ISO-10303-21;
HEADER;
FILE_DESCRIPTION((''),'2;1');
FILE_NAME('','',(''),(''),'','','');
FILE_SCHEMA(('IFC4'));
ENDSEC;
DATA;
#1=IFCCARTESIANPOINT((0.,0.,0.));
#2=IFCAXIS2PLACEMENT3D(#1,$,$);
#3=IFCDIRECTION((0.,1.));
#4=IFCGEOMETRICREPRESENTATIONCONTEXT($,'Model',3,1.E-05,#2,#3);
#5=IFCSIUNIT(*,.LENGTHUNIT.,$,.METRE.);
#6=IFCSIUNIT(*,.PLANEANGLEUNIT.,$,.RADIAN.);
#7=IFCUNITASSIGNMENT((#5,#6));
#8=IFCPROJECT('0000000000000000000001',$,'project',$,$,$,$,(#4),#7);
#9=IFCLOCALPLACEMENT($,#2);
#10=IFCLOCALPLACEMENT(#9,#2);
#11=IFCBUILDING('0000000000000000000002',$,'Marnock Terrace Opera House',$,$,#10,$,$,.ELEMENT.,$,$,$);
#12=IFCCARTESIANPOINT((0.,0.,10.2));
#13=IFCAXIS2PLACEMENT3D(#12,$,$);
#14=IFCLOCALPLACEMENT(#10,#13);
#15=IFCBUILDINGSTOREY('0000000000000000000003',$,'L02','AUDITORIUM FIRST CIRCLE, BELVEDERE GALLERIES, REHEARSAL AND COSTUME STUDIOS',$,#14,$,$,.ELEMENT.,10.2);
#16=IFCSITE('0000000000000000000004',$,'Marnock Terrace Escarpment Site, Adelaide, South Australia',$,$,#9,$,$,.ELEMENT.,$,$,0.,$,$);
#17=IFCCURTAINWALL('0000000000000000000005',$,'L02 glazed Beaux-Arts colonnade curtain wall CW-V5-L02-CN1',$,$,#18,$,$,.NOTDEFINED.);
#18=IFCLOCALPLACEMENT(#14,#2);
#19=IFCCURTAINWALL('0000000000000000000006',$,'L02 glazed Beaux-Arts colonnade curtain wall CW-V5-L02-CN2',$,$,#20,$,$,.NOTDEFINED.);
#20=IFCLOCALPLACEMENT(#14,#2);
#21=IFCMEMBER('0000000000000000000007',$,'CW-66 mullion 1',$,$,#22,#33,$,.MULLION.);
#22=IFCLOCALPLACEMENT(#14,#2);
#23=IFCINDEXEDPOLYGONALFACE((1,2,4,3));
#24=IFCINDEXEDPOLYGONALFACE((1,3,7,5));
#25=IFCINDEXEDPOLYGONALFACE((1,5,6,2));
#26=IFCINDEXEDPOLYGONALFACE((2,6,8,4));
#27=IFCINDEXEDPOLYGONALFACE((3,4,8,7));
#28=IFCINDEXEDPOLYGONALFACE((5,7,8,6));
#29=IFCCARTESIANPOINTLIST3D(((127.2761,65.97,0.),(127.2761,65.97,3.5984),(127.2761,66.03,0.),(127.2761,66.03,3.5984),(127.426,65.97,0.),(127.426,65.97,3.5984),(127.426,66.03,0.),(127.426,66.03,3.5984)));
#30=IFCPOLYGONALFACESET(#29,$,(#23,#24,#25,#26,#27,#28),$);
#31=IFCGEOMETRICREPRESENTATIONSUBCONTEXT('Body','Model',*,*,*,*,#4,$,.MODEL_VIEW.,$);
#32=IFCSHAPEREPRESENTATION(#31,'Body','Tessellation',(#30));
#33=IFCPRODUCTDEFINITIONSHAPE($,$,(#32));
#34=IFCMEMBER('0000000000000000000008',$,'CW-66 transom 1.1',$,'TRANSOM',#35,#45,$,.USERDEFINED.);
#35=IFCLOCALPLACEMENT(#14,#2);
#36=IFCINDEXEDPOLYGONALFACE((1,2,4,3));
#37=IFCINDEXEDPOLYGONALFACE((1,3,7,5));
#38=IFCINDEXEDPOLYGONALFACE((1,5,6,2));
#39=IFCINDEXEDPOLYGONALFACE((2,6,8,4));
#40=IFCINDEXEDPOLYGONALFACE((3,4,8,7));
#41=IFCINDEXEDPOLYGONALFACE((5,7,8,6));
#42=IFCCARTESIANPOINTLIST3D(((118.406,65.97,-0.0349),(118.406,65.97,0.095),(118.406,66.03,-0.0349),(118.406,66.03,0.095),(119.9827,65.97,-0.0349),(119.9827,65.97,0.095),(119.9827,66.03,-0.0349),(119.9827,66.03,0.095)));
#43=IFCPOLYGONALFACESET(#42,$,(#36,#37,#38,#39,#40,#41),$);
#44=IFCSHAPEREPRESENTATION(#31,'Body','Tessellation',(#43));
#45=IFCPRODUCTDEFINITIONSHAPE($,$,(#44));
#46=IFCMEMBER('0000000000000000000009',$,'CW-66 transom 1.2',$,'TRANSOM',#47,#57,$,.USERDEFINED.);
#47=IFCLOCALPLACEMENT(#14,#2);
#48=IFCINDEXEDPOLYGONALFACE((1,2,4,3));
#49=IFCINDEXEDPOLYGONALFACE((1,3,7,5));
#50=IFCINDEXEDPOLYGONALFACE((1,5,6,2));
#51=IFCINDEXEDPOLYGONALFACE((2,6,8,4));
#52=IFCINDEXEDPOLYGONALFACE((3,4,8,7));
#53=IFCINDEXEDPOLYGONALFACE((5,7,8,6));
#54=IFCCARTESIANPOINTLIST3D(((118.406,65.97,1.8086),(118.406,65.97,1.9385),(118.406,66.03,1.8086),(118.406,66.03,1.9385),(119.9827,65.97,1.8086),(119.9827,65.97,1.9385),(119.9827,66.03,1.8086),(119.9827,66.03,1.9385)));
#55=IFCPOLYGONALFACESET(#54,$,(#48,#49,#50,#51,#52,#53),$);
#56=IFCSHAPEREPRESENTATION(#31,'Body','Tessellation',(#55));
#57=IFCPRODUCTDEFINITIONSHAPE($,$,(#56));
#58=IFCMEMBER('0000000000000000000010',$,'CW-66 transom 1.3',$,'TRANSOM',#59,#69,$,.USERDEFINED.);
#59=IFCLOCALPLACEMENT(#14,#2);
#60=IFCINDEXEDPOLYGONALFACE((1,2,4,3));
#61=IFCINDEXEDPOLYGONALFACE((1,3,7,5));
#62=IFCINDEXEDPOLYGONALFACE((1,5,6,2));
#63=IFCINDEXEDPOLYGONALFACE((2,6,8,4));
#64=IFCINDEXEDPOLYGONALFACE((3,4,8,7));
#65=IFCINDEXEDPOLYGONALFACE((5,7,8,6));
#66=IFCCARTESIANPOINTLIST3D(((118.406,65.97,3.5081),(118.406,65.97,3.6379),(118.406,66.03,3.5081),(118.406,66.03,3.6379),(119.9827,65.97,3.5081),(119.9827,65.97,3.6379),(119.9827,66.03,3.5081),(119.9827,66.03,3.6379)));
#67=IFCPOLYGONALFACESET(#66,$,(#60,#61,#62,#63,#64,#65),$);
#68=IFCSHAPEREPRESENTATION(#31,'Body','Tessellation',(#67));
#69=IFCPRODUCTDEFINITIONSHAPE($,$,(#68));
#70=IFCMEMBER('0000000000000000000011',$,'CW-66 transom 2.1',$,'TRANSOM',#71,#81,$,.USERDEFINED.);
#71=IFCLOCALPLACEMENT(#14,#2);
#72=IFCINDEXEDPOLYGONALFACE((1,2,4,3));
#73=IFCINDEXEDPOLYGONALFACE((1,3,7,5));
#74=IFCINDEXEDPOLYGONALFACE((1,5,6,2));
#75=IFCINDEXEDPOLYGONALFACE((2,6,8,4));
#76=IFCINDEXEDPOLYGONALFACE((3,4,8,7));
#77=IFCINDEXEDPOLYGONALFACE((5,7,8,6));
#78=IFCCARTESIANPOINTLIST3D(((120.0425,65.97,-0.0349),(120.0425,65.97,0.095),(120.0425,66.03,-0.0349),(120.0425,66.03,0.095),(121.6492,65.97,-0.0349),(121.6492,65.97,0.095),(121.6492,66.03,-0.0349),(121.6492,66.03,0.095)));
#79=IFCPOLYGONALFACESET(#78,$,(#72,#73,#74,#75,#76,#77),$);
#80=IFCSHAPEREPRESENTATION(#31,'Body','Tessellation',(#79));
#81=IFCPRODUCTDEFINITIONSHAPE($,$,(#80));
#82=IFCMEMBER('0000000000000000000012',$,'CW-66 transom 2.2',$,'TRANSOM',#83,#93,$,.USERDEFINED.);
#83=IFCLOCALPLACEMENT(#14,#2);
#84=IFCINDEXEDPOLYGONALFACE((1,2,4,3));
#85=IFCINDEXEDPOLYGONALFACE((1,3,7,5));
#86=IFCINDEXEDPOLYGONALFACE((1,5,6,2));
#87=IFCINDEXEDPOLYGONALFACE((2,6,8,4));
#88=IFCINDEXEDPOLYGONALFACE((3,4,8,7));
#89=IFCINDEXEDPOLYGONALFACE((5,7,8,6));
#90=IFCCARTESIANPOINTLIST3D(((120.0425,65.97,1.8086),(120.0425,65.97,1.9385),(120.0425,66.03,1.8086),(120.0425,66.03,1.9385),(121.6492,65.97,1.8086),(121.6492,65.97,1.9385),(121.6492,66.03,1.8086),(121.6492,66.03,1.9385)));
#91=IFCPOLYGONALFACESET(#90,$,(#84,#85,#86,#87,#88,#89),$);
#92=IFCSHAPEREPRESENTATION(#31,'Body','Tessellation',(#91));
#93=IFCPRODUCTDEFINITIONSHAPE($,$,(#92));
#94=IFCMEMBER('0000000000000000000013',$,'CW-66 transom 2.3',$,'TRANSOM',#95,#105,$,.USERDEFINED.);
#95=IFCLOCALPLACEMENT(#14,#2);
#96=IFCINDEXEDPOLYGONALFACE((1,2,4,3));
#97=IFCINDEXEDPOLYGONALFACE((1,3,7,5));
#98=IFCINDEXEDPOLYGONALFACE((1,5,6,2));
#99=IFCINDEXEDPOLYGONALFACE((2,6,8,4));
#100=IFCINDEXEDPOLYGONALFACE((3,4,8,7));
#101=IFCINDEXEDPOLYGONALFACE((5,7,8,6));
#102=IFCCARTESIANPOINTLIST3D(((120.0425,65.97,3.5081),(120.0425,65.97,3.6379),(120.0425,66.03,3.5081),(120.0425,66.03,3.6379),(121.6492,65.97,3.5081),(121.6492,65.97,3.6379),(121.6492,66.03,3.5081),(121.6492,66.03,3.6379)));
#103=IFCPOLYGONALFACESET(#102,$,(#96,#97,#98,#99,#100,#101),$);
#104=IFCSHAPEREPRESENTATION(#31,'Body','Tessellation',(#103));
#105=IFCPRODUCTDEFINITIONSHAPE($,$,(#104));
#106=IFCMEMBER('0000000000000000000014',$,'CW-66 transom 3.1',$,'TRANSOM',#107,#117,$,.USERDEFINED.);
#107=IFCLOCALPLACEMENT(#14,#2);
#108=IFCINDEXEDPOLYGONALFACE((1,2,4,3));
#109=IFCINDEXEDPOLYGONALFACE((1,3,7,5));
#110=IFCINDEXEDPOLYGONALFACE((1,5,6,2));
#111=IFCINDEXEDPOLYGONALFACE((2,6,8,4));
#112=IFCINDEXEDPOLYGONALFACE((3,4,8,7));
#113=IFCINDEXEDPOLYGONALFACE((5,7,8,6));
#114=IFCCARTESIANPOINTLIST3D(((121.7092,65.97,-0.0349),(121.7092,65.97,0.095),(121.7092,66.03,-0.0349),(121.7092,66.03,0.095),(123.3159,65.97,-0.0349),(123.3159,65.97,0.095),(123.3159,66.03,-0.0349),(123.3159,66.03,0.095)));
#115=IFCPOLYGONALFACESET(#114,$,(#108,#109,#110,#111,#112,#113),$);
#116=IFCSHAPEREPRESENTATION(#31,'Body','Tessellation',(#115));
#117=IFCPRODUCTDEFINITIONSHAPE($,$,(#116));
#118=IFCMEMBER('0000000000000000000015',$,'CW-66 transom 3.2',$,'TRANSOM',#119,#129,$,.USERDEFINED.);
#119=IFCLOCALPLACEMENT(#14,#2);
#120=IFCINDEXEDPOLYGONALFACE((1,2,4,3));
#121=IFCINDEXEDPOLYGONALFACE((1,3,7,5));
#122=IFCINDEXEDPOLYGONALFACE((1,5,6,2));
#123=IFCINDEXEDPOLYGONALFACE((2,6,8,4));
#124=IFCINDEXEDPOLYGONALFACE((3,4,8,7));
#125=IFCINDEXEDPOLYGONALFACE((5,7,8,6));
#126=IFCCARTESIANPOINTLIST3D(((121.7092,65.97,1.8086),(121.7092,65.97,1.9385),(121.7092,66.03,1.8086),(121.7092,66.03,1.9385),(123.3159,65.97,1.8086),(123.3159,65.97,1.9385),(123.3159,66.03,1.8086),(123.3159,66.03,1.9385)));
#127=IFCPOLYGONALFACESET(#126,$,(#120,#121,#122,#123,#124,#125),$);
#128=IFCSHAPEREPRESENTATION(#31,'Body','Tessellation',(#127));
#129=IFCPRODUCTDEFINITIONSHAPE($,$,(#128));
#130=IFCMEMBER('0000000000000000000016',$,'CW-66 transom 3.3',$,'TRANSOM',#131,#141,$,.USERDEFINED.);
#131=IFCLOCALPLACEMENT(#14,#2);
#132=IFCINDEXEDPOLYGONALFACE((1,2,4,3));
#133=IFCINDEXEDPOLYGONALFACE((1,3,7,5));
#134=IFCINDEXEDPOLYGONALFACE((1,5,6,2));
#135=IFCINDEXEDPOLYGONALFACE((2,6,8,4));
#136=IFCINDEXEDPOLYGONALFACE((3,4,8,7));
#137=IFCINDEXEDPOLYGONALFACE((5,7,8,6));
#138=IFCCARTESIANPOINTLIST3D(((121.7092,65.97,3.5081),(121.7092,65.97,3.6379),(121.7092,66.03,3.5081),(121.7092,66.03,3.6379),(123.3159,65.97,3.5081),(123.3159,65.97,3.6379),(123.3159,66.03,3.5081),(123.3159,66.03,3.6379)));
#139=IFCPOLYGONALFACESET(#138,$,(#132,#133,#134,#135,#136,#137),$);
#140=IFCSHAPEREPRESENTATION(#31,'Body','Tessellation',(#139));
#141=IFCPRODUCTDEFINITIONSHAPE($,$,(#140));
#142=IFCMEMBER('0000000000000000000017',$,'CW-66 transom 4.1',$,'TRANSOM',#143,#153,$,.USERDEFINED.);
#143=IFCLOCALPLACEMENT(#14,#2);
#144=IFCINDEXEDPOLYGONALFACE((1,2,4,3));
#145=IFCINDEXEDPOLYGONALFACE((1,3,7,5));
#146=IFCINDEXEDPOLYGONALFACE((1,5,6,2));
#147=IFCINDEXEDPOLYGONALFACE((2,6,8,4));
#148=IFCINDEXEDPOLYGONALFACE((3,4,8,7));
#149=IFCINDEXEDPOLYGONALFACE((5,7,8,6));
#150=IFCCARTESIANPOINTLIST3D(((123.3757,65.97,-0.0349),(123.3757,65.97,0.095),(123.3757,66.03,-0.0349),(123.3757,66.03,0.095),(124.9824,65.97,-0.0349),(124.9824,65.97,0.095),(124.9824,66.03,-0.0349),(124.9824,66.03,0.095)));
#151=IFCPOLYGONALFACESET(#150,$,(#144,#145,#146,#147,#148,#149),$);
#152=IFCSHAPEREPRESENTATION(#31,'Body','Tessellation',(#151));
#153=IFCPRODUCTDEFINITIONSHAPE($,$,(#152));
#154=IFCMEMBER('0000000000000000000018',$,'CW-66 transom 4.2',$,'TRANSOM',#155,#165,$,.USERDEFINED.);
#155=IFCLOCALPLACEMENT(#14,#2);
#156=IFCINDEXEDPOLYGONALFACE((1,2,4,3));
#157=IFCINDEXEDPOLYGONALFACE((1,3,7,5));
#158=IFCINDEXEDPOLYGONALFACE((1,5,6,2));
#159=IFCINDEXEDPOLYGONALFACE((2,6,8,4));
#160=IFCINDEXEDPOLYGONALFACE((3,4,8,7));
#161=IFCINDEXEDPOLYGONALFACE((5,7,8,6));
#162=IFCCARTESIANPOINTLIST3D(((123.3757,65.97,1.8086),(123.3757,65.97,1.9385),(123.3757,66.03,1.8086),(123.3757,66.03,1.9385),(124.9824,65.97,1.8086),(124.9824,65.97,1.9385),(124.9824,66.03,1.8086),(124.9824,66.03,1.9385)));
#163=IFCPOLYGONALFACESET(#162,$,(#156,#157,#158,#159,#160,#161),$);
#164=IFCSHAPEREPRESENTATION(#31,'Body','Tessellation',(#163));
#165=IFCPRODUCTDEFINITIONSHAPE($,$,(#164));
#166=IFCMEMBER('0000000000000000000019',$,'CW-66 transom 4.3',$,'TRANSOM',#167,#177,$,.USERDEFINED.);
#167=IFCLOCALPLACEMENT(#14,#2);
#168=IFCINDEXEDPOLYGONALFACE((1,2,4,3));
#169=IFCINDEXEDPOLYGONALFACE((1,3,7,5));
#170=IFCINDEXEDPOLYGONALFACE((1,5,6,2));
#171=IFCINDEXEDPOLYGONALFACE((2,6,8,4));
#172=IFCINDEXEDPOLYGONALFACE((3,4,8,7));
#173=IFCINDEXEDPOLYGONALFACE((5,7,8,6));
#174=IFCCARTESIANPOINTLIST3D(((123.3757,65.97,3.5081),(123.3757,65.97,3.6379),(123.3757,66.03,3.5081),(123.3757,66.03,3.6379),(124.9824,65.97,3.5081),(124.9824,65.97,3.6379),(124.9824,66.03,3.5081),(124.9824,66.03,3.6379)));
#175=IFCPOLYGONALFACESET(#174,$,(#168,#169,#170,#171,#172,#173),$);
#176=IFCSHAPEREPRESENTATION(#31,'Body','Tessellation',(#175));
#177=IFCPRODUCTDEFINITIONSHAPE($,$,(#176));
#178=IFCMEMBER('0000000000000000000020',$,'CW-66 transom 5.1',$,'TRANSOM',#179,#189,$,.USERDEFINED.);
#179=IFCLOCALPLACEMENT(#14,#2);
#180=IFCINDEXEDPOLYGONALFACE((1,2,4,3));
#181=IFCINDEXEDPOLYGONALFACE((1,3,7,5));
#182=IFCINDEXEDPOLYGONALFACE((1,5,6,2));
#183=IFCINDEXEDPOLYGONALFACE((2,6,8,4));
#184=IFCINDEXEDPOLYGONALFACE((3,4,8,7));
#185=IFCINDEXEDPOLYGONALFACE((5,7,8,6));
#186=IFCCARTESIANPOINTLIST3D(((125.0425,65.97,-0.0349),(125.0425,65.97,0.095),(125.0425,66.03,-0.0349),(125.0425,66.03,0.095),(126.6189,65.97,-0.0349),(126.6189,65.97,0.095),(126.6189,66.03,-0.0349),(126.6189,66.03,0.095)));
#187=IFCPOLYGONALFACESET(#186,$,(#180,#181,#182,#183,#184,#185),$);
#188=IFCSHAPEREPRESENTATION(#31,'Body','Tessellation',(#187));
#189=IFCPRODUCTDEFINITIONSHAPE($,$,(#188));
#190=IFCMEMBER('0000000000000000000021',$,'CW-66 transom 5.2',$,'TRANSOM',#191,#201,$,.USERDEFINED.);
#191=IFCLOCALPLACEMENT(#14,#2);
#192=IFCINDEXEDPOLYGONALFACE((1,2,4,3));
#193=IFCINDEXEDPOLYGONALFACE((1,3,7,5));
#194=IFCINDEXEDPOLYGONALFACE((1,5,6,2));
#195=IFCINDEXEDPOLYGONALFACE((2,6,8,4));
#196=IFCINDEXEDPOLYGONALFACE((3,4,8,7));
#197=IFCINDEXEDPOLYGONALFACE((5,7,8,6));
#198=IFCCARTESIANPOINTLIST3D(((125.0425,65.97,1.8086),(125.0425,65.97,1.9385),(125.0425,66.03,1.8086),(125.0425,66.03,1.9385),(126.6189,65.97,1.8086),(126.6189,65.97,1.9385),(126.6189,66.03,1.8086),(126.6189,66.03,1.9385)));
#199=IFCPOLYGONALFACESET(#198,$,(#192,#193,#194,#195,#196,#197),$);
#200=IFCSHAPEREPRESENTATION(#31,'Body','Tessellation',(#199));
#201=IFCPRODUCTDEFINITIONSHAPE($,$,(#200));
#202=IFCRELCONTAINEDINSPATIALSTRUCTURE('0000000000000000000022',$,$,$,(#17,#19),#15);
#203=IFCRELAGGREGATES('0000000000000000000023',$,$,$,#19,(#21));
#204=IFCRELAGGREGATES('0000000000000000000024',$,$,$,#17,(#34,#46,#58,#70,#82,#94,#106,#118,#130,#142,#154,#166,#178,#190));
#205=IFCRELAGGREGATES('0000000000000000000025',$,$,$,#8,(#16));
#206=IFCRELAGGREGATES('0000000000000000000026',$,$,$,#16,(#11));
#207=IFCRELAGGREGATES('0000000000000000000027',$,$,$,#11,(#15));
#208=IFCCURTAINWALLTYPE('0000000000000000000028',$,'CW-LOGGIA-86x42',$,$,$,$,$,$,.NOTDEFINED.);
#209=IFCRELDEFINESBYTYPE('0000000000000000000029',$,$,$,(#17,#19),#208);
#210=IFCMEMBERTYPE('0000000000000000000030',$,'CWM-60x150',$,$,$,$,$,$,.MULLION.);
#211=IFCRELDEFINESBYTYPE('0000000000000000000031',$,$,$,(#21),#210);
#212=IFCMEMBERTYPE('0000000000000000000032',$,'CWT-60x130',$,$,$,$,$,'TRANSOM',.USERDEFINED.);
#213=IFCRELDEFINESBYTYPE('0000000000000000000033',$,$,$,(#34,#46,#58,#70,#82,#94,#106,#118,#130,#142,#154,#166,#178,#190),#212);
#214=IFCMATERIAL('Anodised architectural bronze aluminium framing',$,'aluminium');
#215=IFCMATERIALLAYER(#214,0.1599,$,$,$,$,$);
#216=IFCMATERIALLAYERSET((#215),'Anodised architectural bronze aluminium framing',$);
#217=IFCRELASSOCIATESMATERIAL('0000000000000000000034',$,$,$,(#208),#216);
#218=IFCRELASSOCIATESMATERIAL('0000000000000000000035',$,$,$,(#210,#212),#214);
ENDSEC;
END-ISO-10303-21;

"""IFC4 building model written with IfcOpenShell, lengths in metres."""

from ifc_helpers import new_model, si_unit, direction, frame, origin, origin_2d, place, context, subcontext, project, spatial, rectangle, extrude, material, layer, layer_set, material_profile, profile_set, type_object, element, aggregate, save


model = new_model("IFC4")

# Units and contexts
model_context = context("Model", 3, precision=1e-05, world=origin(), true_north=direction((0.0, 1.0)))
body_context = subcontext(model_context, "Body", "Model", "MODEL_VIEW")
ifc_project = project(units=[si_unit("LENGTHUNIT", "METRE"), si_unit("PLANEANGLEUNIT", "RADIAN")], contexts=[model_context])

# Site, building, storey
site_placement = place(None, origin())
site = spatial("IfcSite", under=ifc_project, at=site_placement, Name="Marnock Terrace Escarpment Site, Adelaide, South Australia", CompositionType="ELEMENT", RefElevation=0.0)
building_placement = place(site_placement, origin())
building = spatial("IfcBuilding", under=site, at=building_placement, Name="Marnock Terrace Opera House", CompositionType="ELEMENT")
storey_placement = place(building_placement, frame((0.0, 0.0, 10.2)))
storey = spatial("IfcBuildingStorey", under=building, at=storey_placement, Name="L02", Description="AUDITORIUM FIRST CIRCLE, BELVEDERE GALLERIES, REHEARSAL AND COSTUME STUDIOS", CompositionType="ELEMENT", Elevation=10.2)

# Curtain wall
ifc_material_1 = material(Name="Anodised architectural bronze aluminium framing", Category="aluminium")
ifc_layer_1 = layer(ifc_material_1, 0.1599)
ifc_layer_set_1 = layer_set([ifc_layer_1], Name="Anodised architectural bronze aluminium framing")
curtain_wall_type = type_object("IfcCurtainWallType", Name="CW-LOGGIA-86x42", PredefinedType="NOTDEFINED", material=ifc_layer_set_1)
curtain_wall_1_placement = place(storey_placement, origin())
curtain_wall_1 = element("IfcCurtainWall", 1, at=curtain_wall_1_placement, inside=storey, type_object=curtain_wall_type, Name="L02 glazed Beaux-Arts colonnade curtain wall CW-V5-L02-CN1", PredefinedType="NOTDEFINED")
ifc_material_profile_1 = material_profile(ifc_material_1, rectangle(XDim=0.0601, YDim=0.1499, at=origin_2d()))
ifc_profile_set_1 = profile_set([ifc_material_profile_1], Name="Anodised architectural bronze aluminium framing")
member_type_1 = type_object("IfcMemberType", Name="CWM-60x150", PredefinedType="MULLION", material=ifc_profile_set_1)

# Curtain wall, member
curtain_wall_2_placement = place(storey_placement, origin())
curtain_wall_2 = element("IfcCurtainWall", 2, at=curtain_wall_2_placement, inside=storey, type_object=curtain_wall_type, Name="L02 glazed Beaux-Arts colonnade curtain wall CW-V5-L02-CN2", PredefinedType="NOTDEFINED")
member_1_placement = place(storey_placement, frame((127.3511, 66.0, 0.0), z_axis=(0.0, 0.0, 1.0), x_axis=(0.0, 1.0, 0.0)))
member_1 = element("IfcMember", 3, at=member_1_placement, type_object=member_type_1, Name="CW-66 mullion 1", PredefinedType="MULLION", context=body_context, shape_type="SweptSolid", body=[
    extrude(rectangle(XDim=0.0601, YDim=0.1499, at=origin_2d()), origin(), (0.0, 0.0, 1.0), 3.5984),
])
aggregate(curtain_wall_2, [member_1])

# Members
ifc_material_profile_2 = material_profile(ifc_material_1, rectangle(XDim=0.0601, YDim=0.1299, at=origin_2d()))
ifc_profile_set_2 = profile_set([ifc_material_profile_2], Name="Anodised architectural bronze aluminium framing")
member_type_2 = type_object("IfcMemberType", Name="CWT-60x130", ElementType="TRANSOM", PredefinedType="USERDEFINED", material=ifc_profile_set_2)
member_2_placement = place(storey_placement, frame((118.406, 66.0, 0.03), z_axis=(1.0, 0.0, 0.0), x_axis=(0.0, 1.0, 0.0)))
member_2 = element("IfcMember", 4, at=member_2_placement, type_object=member_type_2, Name="CW-66 transom 1.1", ObjectType="TRANSOM", PredefinedType="USERDEFINED", context=body_context, shape_type="SweptSolid", body=[
    extrude(rectangle(XDim=0.0601, YDim=0.1299, at=origin_2d()), origin(), (0.0, 0.0, 1.0), 1.5767),
])
member_3_placement = place(storey_placement, frame((118.406, 66.0, 1.8735), z_axis=(1.0, 0.0, 0.0), x_axis=(0.0, 1.0, 0.0)))
member_3 = element("IfcMember", 5, at=member_3_placement, type_object=member_type_2, Name="CW-66 transom 1.2", ObjectType="TRANSOM", PredefinedType="USERDEFINED", context=body_context, shape_type="SweptSolid", body=[
    extrude(rectangle(XDim=0.0601, YDim=0.1299, at=origin_2d()), origin(), (0.0, 0.0, 1.0), 1.5767),
])
member_4_placement = place(storey_placement, frame((118.406, 66.0, 3.573), z_axis=(1.0, 0.0, 0.0), x_axis=(0.0, 1.0, 0.0)))
member_4 = element("IfcMember", 6, at=member_4_placement, type_object=member_type_2, Name="CW-66 transom 1.3", ObjectType="TRANSOM", PredefinedType="USERDEFINED", context=body_context, shape_type="SweptSolid", body=[
    extrude(rectangle(XDim=0.0601, YDim=0.1299, at=origin_2d()), origin(), (0.0, 0.0, 1.0), 1.5767),
])
member_5_placement = place(storey_placement, frame((120.0425, 66.0, 0.03), z_axis=(1.0, 0.0, 0.0), x_axis=(0.0, 1.0, 0.0)))
member_5 = element("IfcMember", 7, at=member_5_placement, type_object=member_type_2, Name="CW-66 transom 2.1", ObjectType="TRANSOM", PredefinedType="USERDEFINED", context=body_context, shape_type="SweptSolid", body=[
    extrude(rectangle(XDim=0.0601, YDim=0.1299, at=origin_2d()), origin(), (0.0, 0.0, 1.0), 1.6067),
])
member_6_placement = place(storey_placement, frame((120.0425, 66.0, 1.8735), z_axis=(1.0, 0.0, 0.0), x_axis=(0.0, 1.0, 0.0)))
member_6 = element("IfcMember", 8, at=member_6_placement, type_object=member_type_2, Name="CW-66 transom 2.2", ObjectType="TRANSOM", PredefinedType="USERDEFINED", context=body_context, shape_type="SweptSolid", body=[
    extrude(rectangle(XDim=0.0601, YDim=0.1299, at=origin_2d()), origin(), (0.0, 0.0, 1.0), 1.6067),
])
member_7_placement = place(storey_placement, frame((120.0425, 66.0, 3.573), z_axis=(1.0, 0.0, 0.0), x_axis=(0.0, 1.0, 0.0)))
member_7 = element("IfcMember", 9, at=member_7_placement, type_object=member_type_2, Name="CW-66 transom 2.3", ObjectType="TRANSOM", PredefinedType="USERDEFINED", context=body_context, shape_type="SweptSolid", body=[
    extrude(rectangle(XDim=0.0601, YDim=0.1299, at=origin_2d()), origin(), (0.0, 0.0, 1.0), 1.6067),
])
member_8_placement = place(storey_placement, frame((121.7092, 66.0, 0.03), z_axis=(1.0, 0.0, 0.0), x_axis=(0.0, 1.0, 0.0)))
member_8 = element("IfcMember", 10, at=member_8_placement, type_object=member_type_2, Name="CW-66 transom 3.1", ObjectType="TRANSOM", PredefinedType="USERDEFINED", context=body_context, shape_type="SweptSolid", body=[
    extrude(rectangle(XDim=0.0601, YDim=0.1299, at=origin_2d()), origin(), (0.0, 0.0, 1.0), 1.6067),
])
member_9_placement = place(storey_placement, frame((121.7092, 66.0, 1.8735), z_axis=(1.0, 0.0, 0.0), x_axis=(0.0, 1.0, 0.0)))
member_9 = element("IfcMember", 11, at=member_9_placement, type_object=member_type_2, Name="CW-66 transom 3.2", ObjectType="TRANSOM", PredefinedType="USERDEFINED", context=body_context, shape_type="SweptSolid", body=[
    extrude(rectangle(XDim=0.0601, YDim=0.1299, at=origin_2d()), origin(), (0.0, 0.0, 1.0), 1.6067),
])
member_10_placement = place(storey_placement, frame((121.7092, 66.0, 3.573), z_axis=(1.0, 0.0, 0.0), x_axis=(0.0, 1.0, 0.0)))
member_10 = element("IfcMember", 12, at=member_10_placement, type_object=member_type_2, Name="CW-66 transom 3.3", ObjectType="TRANSOM", PredefinedType="USERDEFINED", context=body_context, shape_type="SweptSolid", body=[
    extrude(rectangle(XDim=0.0601, YDim=0.1299, at=origin_2d()), origin(), (0.0, 0.0, 1.0), 1.6067),
])
member_11_placement = place(storey_placement, frame((123.3757, 66.0, 0.03), z_axis=(1.0, 0.0, 0.0), x_axis=(0.0, 1.0, 0.0)))
member_11 = element("IfcMember", 13, at=member_11_placement, type_object=member_type_2, Name="CW-66 transom 4.1", ObjectType="TRANSOM", PredefinedType="USERDEFINED", context=body_context, shape_type="SweptSolid", body=[
    extrude(rectangle(XDim=0.0601, YDim=0.1299, at=origin_2d()), origin(), (0.0, 0.0, 1.0), 1.6067),
])
member_12_placement = place(storey_placement, frame((123.3757, 66.0, 1.8735), z_axis=(1.0, 0.0, 0.0), x_axis=(0.0, 1.0, 0.0)))
member_12 = element("IfcMember", 14, at=member_12_placement, type_object=member_type_2, Name="CW-66 transom 4.2", ObjectType="TRANSOM", PredefinedType="USERDEFINED", context=body_context, shape_type="SweptSolid", body=[
    extrude(rectangle(XDim=0.0601, YDim=0.1299, at=origin_2d()), origin(), (0.0, 0.0, 1.0), 1.6067),
])
member_13_placement = place(storey_placement, frame((123.3757, 66.0, 3.573), z_axis=(1.0, 0.0, 0.0), x_axis=(0.0, 1.0, 0.0)))
member_13 = element("IfcMember", 15, at=member_13_placement, type_object=member_type_2, Name="CW-66 transom 4.3", ObjectType="TRANSOM", PredefinedType="USERDEFINED", context=body_context, shape_type="SweptSolid", body=[
    extrude(rectangle(XDim=0.0601, YDim=0.1299, at=origin_2d()), origin(), (0.0, 0.0, 1.0), 1.6067),
])
member_14_placement = place(storey_placement, frame((125.0425, 66.0, 0.03), z_axis=(1.0, 0.0, 0.0), x_axis=(0.0, 1.0, 0.0)))
member_14 = element("IfcMember", 16, at=member_14_placement, type_object=member_type_2, Name="CW-66 transom 5.1", ObjectType="TRANSOM", PredefinedType="USERDEFINED", context=body_context, shape_type="SweptSolid", body=[
    extrude(rectangle(XDim=0.0601, YDim=0.1299, at=origin_2d()), origin(), (0.0, 0.0, 1.0), 1.5764),
])
member_15_placement = place(storey_placement, frame((125.0425, 66.0, 1.8735), z_axis=(1.0, 0.0, 0.0), x_axis=(0.0, 1.0, 0.0)))
member_15 = element("IfcMember", 17, at=member_15_placement, type_object=member_type_2, Name="CW-66 transom 5.2", ObjectType="TRANSOM", PredefinedType="USERDEFINED", context=body_context, shape_type="SweptSolid", body=[
    extrude(rectangle(XDim=0.0601, YDim=0.1299, at=origin_2d()), origin(), (0.0, 0.0, 1.0), 1.5764),
])

aggregate(curtain_wall_1, [member_2, member_3, member_4, member_5, member_6, member_7, member_8, member_9, member_10, member_11, member_12, member_13, member_14, member_15])

save(model, "model.ifc")
